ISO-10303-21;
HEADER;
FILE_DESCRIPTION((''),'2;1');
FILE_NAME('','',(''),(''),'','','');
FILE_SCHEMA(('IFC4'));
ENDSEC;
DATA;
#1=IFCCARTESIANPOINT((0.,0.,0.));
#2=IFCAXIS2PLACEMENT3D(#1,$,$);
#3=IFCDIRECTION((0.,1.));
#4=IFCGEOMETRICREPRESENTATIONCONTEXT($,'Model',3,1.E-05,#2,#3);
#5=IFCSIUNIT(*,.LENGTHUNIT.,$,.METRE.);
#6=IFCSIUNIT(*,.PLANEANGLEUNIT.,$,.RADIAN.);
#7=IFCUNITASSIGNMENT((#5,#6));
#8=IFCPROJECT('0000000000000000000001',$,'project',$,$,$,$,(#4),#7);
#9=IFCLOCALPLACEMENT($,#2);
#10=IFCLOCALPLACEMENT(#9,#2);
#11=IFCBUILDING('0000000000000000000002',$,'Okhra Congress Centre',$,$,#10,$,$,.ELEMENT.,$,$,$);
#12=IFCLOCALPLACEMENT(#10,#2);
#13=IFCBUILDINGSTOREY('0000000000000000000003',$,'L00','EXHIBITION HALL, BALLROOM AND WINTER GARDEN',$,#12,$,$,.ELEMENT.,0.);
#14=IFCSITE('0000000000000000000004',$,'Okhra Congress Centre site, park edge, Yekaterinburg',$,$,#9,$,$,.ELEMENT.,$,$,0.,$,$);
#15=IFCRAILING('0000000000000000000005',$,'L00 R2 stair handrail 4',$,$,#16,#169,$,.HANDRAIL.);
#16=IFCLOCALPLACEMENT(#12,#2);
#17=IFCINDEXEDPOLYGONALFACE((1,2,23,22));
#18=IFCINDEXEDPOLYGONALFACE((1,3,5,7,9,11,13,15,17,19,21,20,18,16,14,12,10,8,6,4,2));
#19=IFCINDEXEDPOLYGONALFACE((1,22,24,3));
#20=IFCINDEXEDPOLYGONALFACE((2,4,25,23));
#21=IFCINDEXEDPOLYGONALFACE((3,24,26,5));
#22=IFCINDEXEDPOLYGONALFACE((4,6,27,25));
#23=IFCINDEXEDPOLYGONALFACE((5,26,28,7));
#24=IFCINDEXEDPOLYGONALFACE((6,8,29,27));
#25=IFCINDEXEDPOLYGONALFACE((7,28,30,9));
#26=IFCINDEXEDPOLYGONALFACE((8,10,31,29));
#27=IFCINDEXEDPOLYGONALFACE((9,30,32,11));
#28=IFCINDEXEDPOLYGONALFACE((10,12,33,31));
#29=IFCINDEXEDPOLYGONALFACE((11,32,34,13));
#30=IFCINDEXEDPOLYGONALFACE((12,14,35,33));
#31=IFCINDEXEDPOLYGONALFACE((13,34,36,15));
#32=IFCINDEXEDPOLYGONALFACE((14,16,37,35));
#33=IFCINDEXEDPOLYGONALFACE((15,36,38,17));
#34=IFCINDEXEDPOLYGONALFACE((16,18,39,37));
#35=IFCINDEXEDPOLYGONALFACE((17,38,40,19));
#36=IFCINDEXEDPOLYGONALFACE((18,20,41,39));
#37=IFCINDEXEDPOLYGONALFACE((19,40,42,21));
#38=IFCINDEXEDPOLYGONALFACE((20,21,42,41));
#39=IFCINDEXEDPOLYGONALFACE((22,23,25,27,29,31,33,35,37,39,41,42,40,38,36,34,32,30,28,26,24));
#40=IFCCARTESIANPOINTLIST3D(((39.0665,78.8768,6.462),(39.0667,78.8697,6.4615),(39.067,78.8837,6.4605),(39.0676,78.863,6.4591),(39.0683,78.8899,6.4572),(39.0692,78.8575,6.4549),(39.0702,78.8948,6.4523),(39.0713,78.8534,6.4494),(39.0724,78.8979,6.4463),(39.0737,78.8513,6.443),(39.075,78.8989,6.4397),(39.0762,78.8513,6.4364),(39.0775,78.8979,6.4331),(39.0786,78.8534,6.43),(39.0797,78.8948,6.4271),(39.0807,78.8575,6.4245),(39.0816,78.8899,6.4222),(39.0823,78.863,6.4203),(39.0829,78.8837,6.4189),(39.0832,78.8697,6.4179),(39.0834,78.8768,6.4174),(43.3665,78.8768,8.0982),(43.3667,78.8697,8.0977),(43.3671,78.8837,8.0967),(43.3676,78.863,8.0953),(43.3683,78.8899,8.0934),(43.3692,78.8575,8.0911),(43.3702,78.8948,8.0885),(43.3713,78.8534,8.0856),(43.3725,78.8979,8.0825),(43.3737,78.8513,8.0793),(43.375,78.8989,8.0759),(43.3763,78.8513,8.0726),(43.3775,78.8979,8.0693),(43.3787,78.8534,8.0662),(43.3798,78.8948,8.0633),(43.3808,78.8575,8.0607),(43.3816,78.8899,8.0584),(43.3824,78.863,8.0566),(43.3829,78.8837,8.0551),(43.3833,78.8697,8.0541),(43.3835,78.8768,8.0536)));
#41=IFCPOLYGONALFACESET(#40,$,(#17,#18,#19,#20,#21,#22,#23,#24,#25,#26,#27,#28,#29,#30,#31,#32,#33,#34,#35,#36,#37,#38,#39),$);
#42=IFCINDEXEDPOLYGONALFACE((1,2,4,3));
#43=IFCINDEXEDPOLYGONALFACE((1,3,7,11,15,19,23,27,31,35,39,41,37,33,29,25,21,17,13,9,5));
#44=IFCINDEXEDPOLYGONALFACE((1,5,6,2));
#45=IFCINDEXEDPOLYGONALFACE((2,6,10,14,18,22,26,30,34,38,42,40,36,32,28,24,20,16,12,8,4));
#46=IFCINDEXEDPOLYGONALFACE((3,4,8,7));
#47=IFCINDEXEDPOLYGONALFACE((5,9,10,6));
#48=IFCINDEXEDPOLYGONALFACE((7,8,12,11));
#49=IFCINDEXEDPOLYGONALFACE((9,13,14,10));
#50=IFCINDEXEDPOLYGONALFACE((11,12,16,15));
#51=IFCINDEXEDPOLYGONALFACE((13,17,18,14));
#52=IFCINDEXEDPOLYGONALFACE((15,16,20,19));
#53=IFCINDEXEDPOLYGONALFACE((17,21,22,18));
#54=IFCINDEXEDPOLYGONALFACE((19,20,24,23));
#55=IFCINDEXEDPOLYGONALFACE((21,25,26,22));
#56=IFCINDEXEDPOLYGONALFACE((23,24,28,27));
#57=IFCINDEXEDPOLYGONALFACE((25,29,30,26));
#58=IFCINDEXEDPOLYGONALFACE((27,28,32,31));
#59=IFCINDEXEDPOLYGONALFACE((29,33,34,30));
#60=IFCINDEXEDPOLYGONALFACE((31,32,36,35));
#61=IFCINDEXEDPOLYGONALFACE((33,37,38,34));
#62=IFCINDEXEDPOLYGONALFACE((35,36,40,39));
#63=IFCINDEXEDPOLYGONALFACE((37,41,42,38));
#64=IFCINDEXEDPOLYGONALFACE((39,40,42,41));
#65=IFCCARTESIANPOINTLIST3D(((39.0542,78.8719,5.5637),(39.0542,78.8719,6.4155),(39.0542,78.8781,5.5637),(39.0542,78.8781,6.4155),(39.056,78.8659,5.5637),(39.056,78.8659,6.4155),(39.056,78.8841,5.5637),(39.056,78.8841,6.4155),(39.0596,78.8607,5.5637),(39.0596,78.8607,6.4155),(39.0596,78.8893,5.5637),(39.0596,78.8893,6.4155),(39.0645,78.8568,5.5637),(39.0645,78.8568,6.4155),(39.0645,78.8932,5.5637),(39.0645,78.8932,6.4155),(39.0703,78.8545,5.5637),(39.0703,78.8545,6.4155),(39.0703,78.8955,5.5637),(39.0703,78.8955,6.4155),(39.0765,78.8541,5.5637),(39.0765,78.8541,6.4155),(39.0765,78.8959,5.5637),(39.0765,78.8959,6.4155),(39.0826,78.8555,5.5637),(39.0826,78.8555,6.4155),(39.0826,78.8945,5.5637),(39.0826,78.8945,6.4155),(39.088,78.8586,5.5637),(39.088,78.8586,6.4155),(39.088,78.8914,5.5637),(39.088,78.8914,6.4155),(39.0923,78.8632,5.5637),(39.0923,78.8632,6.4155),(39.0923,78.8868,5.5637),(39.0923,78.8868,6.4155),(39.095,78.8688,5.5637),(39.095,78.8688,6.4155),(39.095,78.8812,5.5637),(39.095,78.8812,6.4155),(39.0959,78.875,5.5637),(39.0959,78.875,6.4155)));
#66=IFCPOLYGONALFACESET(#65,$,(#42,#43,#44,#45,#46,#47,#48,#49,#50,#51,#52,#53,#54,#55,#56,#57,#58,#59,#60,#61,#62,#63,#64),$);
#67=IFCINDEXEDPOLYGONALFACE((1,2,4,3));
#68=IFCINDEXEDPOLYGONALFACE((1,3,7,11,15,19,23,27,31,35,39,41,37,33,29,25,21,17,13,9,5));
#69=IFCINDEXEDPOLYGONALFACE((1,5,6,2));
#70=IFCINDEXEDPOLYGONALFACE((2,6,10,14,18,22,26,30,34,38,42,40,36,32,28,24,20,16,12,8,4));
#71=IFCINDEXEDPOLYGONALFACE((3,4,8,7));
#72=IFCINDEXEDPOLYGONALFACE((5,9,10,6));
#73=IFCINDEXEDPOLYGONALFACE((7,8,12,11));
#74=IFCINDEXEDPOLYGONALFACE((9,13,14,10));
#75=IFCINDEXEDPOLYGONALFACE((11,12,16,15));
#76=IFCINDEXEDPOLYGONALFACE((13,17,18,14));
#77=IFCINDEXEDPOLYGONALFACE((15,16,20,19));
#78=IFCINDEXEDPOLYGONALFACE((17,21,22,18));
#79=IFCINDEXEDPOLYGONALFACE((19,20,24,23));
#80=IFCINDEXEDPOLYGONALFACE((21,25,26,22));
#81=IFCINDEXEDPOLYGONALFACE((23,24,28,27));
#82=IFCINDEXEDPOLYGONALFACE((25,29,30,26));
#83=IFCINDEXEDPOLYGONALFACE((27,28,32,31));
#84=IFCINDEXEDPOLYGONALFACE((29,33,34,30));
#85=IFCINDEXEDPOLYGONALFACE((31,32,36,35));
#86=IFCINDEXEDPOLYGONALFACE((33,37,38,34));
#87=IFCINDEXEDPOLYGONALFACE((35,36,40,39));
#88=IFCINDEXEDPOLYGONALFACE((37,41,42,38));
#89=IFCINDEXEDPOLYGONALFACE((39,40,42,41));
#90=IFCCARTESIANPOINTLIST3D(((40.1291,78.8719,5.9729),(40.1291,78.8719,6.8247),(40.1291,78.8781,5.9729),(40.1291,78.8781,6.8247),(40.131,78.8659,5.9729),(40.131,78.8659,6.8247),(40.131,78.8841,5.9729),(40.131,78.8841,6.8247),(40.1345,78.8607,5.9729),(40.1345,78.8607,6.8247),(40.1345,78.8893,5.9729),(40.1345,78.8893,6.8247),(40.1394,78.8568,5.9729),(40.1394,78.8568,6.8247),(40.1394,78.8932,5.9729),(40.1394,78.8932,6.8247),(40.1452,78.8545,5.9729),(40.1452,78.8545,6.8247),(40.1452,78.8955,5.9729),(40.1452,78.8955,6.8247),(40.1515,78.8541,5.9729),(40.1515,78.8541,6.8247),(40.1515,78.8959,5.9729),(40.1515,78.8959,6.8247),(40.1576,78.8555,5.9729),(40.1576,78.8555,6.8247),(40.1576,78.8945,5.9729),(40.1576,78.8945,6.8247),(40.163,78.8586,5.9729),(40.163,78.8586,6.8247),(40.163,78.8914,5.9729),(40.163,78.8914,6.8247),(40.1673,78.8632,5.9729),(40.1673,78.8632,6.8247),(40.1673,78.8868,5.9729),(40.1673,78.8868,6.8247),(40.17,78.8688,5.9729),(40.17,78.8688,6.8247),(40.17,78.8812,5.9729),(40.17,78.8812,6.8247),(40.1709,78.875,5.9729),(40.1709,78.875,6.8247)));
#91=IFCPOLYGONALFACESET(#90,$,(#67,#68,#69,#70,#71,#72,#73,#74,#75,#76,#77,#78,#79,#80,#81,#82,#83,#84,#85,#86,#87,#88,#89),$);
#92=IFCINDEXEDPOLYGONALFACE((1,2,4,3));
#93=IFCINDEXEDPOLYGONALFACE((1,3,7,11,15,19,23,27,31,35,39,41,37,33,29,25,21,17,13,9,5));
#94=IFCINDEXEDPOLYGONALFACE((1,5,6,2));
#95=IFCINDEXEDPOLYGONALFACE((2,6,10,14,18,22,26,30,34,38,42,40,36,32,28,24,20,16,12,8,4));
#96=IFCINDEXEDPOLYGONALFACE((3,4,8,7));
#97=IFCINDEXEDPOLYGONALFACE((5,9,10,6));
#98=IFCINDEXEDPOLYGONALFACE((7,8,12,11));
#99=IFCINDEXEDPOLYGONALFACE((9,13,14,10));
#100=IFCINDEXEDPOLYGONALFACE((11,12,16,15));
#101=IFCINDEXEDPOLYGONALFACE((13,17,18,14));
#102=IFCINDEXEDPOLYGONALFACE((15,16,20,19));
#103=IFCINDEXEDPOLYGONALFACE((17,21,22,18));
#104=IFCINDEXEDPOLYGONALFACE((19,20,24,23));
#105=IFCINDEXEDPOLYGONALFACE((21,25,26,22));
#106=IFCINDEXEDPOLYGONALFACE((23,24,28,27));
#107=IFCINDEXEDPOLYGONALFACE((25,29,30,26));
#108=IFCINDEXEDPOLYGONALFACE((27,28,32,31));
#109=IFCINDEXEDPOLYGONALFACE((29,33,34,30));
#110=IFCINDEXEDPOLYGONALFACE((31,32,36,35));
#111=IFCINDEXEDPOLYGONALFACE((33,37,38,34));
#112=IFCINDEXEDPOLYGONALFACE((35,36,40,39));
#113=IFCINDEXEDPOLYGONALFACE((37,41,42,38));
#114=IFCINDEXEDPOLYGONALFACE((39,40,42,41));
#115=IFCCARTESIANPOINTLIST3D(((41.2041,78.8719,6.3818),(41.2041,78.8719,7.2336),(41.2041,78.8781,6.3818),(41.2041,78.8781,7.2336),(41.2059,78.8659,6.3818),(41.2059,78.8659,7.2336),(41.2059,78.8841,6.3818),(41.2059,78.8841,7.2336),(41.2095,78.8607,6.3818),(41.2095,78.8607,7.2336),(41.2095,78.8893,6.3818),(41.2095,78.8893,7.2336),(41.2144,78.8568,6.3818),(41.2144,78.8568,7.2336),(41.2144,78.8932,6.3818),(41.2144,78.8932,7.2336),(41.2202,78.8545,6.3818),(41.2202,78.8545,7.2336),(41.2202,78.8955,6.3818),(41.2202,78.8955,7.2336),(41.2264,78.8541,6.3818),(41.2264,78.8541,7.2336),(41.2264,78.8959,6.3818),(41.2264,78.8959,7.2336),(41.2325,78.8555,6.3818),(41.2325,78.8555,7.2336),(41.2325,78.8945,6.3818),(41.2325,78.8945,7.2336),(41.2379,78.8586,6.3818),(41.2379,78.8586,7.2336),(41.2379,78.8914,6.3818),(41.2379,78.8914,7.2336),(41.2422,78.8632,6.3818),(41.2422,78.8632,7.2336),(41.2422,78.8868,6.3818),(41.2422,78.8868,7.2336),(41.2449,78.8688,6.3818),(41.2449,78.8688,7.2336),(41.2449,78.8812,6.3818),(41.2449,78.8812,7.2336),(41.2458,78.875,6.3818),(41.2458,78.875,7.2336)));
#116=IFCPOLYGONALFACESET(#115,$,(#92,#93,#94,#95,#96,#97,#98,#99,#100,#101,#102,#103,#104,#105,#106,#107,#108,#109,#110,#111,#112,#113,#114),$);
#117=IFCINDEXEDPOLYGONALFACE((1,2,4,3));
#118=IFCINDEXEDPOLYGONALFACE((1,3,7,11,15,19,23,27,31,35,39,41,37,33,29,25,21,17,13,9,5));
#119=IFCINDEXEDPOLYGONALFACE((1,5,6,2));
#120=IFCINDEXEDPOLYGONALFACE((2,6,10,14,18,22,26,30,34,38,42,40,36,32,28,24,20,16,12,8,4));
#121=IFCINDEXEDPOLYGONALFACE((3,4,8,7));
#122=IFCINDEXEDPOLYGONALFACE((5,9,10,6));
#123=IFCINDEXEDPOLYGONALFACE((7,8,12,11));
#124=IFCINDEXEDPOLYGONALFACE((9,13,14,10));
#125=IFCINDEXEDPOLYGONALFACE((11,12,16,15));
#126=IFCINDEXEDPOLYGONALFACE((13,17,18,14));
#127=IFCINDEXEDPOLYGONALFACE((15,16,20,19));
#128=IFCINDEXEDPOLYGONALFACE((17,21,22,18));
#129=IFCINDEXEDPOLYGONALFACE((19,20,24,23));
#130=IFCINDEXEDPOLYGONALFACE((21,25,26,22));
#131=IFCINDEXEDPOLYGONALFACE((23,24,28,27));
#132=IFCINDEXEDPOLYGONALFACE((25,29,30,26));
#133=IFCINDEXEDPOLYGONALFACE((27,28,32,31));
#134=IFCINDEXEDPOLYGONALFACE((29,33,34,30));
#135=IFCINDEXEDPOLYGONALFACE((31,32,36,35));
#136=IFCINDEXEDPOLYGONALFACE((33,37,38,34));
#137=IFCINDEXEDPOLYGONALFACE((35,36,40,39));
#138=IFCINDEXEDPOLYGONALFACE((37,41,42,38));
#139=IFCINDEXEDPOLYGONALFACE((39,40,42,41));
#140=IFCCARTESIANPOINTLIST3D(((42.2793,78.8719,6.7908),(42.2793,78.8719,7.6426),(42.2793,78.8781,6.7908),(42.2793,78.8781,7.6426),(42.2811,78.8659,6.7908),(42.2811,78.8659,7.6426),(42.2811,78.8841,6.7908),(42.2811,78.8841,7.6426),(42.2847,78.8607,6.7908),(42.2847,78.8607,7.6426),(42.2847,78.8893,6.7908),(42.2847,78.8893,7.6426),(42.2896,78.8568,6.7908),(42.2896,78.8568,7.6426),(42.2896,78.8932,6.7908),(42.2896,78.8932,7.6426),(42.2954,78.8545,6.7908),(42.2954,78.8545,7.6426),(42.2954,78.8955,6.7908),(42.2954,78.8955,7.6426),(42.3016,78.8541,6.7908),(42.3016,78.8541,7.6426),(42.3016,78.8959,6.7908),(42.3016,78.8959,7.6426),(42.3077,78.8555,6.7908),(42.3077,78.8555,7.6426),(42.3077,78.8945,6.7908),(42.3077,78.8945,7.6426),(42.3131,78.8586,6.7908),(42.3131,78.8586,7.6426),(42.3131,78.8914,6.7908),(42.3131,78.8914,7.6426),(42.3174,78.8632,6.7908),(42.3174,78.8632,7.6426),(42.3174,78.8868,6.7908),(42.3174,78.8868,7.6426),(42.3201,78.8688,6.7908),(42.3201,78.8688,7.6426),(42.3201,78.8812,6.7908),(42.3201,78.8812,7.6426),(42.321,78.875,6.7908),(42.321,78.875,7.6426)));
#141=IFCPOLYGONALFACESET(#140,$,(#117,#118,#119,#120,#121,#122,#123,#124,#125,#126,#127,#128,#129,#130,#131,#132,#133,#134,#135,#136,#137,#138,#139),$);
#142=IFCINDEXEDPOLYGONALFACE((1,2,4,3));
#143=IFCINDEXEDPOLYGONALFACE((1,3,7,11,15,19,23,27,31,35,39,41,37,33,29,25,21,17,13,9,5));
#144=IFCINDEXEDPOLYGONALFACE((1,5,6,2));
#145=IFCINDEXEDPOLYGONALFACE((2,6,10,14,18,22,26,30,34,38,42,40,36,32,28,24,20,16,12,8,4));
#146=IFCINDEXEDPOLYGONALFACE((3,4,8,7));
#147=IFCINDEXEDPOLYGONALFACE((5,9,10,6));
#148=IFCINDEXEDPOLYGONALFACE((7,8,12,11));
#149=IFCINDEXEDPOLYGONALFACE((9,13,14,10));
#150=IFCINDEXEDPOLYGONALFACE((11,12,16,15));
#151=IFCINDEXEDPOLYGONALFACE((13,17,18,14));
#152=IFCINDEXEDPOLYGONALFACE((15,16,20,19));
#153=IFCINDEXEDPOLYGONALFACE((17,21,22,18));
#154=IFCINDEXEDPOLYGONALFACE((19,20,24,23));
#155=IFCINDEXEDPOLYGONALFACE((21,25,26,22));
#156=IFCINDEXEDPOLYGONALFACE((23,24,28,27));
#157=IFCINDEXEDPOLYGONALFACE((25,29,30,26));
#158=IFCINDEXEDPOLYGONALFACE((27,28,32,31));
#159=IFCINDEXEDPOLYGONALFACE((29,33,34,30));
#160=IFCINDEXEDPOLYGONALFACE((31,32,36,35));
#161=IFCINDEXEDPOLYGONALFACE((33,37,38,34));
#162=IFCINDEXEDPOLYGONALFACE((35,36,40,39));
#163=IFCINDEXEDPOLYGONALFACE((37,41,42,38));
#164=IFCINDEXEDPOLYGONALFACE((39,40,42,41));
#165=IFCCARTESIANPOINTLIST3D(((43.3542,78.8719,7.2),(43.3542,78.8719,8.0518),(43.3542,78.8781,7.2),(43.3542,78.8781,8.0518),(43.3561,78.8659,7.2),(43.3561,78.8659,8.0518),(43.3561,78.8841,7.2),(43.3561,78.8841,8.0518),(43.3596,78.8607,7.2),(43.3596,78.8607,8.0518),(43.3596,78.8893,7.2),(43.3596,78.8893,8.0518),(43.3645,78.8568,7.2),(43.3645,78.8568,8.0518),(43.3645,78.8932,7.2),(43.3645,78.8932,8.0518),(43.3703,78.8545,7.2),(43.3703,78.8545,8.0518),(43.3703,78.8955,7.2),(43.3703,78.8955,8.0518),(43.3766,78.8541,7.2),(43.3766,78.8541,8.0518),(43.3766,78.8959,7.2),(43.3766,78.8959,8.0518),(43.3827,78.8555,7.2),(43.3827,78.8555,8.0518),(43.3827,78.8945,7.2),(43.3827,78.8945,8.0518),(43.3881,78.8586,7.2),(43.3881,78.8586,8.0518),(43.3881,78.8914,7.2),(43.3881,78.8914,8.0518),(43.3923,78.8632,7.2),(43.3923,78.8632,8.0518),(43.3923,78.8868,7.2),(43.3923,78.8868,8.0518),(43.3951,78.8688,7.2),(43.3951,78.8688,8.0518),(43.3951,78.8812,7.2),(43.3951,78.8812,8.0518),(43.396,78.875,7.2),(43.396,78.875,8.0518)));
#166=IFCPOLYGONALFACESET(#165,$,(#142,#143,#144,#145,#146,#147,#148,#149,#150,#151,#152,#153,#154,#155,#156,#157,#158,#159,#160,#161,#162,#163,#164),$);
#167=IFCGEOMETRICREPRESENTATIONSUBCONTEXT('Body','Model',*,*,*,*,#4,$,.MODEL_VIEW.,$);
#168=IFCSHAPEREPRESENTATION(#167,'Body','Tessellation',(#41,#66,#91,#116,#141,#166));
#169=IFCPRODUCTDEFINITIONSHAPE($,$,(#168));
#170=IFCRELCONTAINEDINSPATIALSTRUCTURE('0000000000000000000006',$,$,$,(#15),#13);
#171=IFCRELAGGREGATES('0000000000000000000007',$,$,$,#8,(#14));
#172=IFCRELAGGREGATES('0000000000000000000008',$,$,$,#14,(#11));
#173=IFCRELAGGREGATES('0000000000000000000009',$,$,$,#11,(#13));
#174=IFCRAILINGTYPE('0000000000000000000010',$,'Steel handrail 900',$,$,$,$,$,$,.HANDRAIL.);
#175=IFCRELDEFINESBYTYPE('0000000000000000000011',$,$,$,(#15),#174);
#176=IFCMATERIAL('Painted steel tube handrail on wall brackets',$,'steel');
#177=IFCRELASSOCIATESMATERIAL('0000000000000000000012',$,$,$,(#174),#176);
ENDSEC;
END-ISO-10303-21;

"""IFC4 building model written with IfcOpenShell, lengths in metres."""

from ifc_helpers import new_model, si_unit, direction, frame, origin, origin_2d, place, context, subcontext, project, spatial, circle, extrude, material, type_object, element, save


model = new_model("IFC4")

# Units and contexts
model_context = context("Model", 3, precision=1e-05, world=origin(), true_north=direction((0.0, 1.0)))
body_context = subcontext(model_context, "Body", "Model", "MODEL_VIEW")
ifc_project = project(units=[si_unit("LENGTHUNIT", "METRE"), si_unit("PLANEANGLEUNIT", "RADIAN")], contexts=[model_context])

# Site, building, storey
site_placement = place(None, origin())
site = spatial("IfcSite", under=ifc_project, at=site_placement, Name="Okhra Congress Centre site, park edge, Yekaterinburg", CompositionType="ELEMENT", RefElevation=0.0)
building_placement = place(site_placement, origin())
building = spatial("IfcBuilding", under=site, at=building_placement, Name="Okhra Congress Centre", CompositionType="ELEMENT")
storey_placement = place(building_placement, origin())
storey = spatial("IfcBuildingStorey", under=building, at=storey_placement, Name="L00", Description="EXHIBITION HALL, BALLROOM AND WINTER GARDEN", CompositionType="ELEMENT", Elevation=0.0)

# Railing
ifc_material_1 = material(Name="Painted steel tube handrail on wall brackets", Category="steel")
railing_type_1 = type_object("IfcRailingType", Name="Steel handrail 900", PredefinedType="HANDRAIL", material=ifc_material_1)
railing_1_placement = place(storey_placement, frame((39.075, 78.875, 5.5637)))
element("IfcRailing", 1, at=railing_1_placement, inside=storey, type_object=railing_type_1, Name="L00 R2 stair handrail 4", PredefinedType="HANDRAIL", context=body_context, shape_type="SweptSolid", body=[
    extrude(circle(Radius=0.0239, at=origin_2d()), frame((0.0, 0.0, 0.876), z_axis=(0.934624, 0.0, 0.355638), x_axis=(0.0, 1.0, 0.0)), (0.0, 0.0, 1.0), 4.6008),
    extrude(circle(Radius=0.021, at=origin_2d()), origin(), (0.0, 0.0, 1.0), 0.8518),
    extrude(circle(Radius=0.021, at=origin_2d()), frame((1.075, 0.0, 0.4092)), (0.0, 0.0, 1.0), 0.8518),
    extrude(circle(Radius=0.021, at=origin_2d()), frame((2.1499, 0.0, 0.8181)), (0.0, 0.0, 1.0), 0.8518),
    extrude(circle(Radius=0.021, at=origin_2d()), frame((3.2251, 0.0, 1.2271)), (0.0, 0.0, 1.0), 0.8518),
    extrude(circle(Radius=0.021, at=origin_2d()), frame((4.3, 0.0, 1.6362)), (0.0, 0.0, 1.0), 0.8518),
])

save(model, "model.ifc")
